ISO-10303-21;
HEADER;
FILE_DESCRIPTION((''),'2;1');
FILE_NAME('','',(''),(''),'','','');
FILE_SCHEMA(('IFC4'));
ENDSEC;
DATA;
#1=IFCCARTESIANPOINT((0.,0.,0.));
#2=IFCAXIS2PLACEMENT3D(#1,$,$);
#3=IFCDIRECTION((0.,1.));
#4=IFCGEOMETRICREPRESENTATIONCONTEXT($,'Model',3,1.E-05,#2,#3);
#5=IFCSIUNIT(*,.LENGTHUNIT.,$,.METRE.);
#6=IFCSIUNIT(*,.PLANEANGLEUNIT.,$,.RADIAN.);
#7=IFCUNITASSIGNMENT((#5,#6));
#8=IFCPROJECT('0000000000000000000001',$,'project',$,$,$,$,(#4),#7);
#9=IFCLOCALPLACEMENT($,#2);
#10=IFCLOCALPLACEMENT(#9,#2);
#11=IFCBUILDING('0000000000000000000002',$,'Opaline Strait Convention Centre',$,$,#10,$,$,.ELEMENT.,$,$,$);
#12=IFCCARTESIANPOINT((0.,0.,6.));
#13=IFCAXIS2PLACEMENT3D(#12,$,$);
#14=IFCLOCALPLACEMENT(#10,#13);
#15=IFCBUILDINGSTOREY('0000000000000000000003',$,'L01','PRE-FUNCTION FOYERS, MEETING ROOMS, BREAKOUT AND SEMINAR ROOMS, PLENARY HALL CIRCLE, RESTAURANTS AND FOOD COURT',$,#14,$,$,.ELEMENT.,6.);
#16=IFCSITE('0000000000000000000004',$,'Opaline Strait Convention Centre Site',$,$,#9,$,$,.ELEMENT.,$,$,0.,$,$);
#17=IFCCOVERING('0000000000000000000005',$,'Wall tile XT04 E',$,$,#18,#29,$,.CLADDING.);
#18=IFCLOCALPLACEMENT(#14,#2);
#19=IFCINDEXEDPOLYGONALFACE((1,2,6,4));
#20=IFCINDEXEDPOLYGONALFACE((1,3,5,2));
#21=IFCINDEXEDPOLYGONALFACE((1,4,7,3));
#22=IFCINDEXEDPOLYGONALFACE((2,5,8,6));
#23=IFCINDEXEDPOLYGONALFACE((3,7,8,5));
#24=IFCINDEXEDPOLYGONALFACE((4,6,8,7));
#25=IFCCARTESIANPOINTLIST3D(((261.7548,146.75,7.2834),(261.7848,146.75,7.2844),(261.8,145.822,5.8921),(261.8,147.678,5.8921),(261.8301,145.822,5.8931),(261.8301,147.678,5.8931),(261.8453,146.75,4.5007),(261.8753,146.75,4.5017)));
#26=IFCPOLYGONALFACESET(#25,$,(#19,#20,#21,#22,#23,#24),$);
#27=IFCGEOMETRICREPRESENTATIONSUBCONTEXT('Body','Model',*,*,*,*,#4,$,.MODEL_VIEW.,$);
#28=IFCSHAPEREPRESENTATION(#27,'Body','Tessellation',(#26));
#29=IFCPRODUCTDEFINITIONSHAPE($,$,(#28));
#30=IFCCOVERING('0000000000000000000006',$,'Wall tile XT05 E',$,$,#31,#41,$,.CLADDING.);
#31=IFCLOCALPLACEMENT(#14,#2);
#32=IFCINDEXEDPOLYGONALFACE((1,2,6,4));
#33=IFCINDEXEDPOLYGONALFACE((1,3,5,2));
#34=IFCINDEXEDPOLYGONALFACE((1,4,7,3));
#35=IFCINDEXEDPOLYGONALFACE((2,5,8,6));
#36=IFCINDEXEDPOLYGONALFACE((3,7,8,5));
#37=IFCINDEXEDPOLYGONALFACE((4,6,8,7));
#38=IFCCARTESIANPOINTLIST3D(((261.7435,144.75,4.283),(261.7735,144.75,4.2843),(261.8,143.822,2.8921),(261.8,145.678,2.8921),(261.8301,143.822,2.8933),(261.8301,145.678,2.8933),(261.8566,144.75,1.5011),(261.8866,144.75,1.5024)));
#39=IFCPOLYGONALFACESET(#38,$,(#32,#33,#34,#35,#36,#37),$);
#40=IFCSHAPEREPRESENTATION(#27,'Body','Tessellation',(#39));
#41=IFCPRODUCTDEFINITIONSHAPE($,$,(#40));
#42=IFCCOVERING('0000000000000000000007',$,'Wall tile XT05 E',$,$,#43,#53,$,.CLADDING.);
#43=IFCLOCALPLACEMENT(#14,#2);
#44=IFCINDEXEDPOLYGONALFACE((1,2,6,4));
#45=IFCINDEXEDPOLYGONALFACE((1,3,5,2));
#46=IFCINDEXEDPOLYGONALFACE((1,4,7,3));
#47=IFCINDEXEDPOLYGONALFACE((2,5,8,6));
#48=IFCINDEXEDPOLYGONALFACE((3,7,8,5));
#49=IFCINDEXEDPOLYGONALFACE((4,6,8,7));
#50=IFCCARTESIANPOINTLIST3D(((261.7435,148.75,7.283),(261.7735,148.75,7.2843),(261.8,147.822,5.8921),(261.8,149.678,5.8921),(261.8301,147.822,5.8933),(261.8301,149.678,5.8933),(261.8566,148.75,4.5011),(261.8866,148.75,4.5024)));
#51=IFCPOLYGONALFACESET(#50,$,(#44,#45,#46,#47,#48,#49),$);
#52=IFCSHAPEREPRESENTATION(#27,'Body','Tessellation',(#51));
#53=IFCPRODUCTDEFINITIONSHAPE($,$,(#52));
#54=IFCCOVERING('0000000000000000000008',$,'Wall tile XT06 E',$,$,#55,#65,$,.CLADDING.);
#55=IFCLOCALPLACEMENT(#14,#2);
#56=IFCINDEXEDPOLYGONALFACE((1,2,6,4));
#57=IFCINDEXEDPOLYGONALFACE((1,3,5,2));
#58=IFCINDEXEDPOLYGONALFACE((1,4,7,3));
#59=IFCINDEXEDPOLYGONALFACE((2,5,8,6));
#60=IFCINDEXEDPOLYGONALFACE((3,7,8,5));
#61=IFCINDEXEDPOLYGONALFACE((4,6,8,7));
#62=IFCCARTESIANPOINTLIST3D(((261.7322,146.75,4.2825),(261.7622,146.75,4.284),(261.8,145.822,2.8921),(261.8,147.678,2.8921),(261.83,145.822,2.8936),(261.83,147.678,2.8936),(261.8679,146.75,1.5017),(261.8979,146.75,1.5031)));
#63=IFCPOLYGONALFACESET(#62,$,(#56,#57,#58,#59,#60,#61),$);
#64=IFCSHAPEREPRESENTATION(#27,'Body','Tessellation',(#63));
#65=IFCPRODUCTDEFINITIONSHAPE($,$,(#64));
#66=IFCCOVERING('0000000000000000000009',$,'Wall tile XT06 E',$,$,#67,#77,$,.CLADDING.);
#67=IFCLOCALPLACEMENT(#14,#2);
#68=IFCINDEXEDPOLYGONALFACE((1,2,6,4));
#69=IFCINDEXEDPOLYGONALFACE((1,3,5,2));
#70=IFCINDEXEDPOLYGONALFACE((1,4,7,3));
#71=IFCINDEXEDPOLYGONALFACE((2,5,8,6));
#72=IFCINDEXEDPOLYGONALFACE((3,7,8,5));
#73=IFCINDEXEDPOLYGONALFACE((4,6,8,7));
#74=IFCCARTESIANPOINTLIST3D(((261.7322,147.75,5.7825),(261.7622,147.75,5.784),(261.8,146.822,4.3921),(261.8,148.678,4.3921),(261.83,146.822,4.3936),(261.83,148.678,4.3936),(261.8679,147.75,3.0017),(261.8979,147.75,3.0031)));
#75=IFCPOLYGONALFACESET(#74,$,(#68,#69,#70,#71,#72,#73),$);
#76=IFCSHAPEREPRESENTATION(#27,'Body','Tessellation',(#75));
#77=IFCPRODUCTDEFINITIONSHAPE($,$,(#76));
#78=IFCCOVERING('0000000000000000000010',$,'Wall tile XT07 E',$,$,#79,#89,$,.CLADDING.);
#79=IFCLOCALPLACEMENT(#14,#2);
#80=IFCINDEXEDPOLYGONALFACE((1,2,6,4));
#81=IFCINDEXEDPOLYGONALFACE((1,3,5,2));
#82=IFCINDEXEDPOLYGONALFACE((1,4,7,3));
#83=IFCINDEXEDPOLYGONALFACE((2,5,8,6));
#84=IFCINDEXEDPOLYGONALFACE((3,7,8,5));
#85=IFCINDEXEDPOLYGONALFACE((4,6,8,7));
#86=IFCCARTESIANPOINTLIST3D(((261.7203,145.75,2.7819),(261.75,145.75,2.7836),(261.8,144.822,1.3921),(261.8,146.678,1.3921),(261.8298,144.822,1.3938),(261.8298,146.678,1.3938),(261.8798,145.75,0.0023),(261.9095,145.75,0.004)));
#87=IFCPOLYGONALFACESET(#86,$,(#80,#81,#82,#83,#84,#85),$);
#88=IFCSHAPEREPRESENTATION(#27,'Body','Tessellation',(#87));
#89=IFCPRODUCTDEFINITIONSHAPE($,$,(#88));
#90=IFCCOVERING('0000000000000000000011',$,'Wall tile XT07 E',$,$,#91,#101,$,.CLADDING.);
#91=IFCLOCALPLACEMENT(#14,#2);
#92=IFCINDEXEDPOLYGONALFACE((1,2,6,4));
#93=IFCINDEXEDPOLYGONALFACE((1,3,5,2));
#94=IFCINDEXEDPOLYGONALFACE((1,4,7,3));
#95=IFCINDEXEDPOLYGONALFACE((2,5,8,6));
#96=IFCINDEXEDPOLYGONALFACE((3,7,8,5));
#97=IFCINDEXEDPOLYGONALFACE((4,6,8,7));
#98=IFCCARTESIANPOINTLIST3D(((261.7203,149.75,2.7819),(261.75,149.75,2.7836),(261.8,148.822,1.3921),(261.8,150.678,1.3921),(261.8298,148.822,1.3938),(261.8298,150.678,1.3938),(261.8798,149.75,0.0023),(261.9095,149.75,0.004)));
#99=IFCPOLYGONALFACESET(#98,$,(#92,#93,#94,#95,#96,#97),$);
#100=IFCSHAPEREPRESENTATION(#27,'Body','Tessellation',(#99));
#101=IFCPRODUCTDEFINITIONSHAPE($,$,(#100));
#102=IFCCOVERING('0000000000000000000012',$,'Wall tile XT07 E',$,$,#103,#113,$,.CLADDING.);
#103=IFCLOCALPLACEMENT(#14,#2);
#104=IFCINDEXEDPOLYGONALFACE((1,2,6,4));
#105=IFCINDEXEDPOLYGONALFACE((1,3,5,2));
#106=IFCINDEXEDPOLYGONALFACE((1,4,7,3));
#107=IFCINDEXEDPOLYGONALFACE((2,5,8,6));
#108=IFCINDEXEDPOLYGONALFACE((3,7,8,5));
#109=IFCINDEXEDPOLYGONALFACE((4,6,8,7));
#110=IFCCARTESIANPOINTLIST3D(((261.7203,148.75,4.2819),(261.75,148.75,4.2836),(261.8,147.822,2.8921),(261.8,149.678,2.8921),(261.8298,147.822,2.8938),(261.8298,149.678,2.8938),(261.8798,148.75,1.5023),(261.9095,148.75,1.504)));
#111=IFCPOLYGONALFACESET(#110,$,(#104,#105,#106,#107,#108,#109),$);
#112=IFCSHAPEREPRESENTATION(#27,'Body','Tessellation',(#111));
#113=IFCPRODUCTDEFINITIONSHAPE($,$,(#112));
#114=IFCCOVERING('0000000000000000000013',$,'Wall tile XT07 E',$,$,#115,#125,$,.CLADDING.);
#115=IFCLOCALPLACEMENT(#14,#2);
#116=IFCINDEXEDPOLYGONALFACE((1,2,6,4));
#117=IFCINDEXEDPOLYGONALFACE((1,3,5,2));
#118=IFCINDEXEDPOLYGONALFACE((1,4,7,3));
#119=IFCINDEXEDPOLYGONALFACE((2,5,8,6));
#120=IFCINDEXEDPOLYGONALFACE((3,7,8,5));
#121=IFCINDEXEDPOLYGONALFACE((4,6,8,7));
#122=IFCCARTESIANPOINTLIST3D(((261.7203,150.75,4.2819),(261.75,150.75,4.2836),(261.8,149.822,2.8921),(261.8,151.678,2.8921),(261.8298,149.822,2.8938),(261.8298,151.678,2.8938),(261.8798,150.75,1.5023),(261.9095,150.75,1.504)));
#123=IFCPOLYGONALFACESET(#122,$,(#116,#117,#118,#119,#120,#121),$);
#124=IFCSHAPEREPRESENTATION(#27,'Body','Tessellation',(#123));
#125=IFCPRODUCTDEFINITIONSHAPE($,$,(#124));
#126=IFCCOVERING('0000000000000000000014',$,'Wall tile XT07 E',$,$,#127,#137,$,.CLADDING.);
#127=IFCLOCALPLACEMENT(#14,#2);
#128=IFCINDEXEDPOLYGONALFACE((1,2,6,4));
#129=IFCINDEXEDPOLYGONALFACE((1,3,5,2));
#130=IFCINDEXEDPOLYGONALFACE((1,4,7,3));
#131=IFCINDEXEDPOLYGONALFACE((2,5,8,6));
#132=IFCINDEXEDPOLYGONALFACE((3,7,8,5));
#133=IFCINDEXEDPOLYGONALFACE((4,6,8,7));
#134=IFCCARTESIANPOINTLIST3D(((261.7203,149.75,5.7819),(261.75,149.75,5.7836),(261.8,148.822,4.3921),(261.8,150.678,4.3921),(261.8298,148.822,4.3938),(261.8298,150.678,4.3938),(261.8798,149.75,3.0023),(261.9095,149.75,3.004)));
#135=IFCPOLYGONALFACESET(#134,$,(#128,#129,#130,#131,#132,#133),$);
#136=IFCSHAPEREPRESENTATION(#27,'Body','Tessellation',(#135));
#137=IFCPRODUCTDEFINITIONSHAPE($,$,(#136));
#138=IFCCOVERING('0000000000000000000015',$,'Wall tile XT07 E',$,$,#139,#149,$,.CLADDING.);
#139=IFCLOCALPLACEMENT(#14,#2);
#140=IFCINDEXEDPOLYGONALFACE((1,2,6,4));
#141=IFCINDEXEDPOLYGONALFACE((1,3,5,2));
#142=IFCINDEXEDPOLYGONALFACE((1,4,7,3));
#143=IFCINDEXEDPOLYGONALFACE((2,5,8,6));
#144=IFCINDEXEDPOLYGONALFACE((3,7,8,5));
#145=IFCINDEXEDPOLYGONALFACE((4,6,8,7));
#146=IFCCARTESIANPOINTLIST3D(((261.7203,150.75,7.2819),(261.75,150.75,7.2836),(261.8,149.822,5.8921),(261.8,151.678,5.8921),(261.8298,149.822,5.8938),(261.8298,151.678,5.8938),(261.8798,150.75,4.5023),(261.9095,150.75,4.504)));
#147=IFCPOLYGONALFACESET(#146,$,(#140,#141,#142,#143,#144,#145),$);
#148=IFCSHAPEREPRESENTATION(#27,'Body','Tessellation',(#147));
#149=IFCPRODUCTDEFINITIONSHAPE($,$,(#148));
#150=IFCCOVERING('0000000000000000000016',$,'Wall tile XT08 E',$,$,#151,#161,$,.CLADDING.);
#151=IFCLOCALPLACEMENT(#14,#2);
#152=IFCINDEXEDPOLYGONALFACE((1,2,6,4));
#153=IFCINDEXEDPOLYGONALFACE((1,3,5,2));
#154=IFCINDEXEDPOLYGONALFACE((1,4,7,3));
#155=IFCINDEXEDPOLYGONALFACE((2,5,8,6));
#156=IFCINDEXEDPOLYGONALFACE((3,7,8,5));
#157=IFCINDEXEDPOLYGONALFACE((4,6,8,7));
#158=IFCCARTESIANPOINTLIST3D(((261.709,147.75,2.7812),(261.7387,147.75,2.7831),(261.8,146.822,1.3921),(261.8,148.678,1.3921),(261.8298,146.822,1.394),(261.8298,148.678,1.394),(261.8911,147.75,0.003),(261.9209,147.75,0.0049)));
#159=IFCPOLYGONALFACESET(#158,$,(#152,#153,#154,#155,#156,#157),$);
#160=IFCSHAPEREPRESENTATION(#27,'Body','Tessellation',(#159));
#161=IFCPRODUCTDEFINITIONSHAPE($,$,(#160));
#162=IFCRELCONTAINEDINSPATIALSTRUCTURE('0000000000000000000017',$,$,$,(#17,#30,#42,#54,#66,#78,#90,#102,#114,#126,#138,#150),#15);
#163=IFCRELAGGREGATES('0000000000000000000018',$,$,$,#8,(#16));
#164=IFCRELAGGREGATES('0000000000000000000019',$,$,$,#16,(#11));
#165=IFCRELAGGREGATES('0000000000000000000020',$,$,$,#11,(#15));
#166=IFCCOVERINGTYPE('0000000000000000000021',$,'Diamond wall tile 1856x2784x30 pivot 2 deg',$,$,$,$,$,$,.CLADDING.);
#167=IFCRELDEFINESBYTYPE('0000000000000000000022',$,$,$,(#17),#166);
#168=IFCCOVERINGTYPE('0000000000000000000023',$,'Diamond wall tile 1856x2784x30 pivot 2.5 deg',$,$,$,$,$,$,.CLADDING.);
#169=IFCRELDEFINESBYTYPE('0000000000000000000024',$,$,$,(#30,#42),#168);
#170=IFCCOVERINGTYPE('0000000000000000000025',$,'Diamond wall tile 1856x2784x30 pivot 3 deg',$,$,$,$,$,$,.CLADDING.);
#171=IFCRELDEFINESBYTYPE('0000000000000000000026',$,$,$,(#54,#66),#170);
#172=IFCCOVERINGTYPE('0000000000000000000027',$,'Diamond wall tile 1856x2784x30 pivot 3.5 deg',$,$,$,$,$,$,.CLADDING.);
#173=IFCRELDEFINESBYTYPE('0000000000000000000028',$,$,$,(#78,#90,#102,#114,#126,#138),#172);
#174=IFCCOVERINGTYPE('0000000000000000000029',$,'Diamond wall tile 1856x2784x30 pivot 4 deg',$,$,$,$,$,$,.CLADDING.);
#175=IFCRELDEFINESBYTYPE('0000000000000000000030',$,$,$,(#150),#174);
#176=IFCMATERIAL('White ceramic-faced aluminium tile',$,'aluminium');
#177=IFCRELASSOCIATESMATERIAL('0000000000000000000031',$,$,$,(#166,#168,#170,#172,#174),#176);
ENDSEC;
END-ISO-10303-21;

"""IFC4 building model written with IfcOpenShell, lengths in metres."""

from ifc_helpers import new_model, si_unit, direction, frame, origin, place, context, subcontext, project, spatial, polyline, outline, extrude, material, material_profile, profile_set, type_object, element, save


model = new_model("IFC4")

# Units and contexts
model_context = context("Model", 3, precision=1e-05, world=origin(), true_north=direction((0.0, 1.0)))
body_context = subcontext(model_context, "Body", "Model", "MODEL_VIEW")
ifc_project = project(units=[si_unit("LENGTHUNIT", "METRE"), si_unit("PLANEANGLEUNIT", "RADIAN")], contexts=[model_context])

# Site, building, storey
site_placement = place(None, origin())
site = spatial("IfcSite", under=ifc_project, at=site_placement, Name="Opaline Strait Convention Centre Site", CompositionType="ELEMENT", RefElevation=0.0)
building_placement = place(site_placement, origin())
building = spatial("IfcBuilding", under=site, at=building_placement, Name="Opaline Strait Convention Centre", CompositionType="ELEMENT")
storey_placement = place(building_placement, frame((0.0, 0.0, 6.0)))
storey = spatial("IfcBuildingStorey", under=building, at=storey_placement, Name="L01", Description="PRE-FUNCTION FOYERS, MEETING ROOMS, BREAKOUT AND SEMINAR ROOMS, PLENARY HALL CIRCLE, RESTAURANTS AND FOOD COURT", CompositionType="ELEMENT", Elevation=6.0)

# Coverings
ifc_material_1 = material(Name="White ceramic-faced aluminium tile", Category="aluminium")
ifc_material_profile_1 = material_profile(ifc_material_1, outline(polyline([(0.928, 0.0), (0.0, 1.3921), (-0.928, 0.0), (0.0, -1.3921), (0.928, 0.0)])), Name="Diamond tile 1856x2784")
ifc_profile_set_1 = profile_set([ifc_material_profile_1], Name="White ceramic-faced aluminium tile")
covering_type_1 = type_object("IfcCoveringType", Name="Diamond wall tile 1856x2784x30 pivot 2 deg", PredefinedType="CLADDING", material=ifc_profile_set_1)
for number, where, z_axis, x_axis, name in (
    (1, (261.8, 146.75, 5.8921), (0.999472, 0.0, 0.032503), (0.0, 1.0, 0.0), "Wall tile XT04 E"),
):
    element("IfcCovering", number, at=place(storey_placement, frame(where, z_axis=z_axis, x_axis=x_axis)), inside=storey, type_object=covering_type_1, Name=name, PredefinedType="CLADDING", context=body_context, shape_type="SweptSolid", body=[
        extrude(outline(polyline([(0.928, 0.0), (0.0, 1.3921), (-0.928, 0.0), (0.0, -1.3921), (0.928, 0.0)])), origin(), (0.0, 0.0, 1.0), 0.03),
    ])
ifc_material_profile_2 = material_profile(ifc_material_1, outline(polyline([(0.928, 0.0), (0.0, 1.3921), (-0.928, 0.0), (0.0, -1.3921), (0.928, 0.0)])), Name="Diamond tile 1856x2784")
ifc_profile_set_2 = profile_set([ifc_material_profile_2], Name="White ceramic-faced aluminium tile")
covering_type_2 = type_object("IfcCoveringType", Name="Diamond wall tile 1856x2784x30 pivot 2.5 deg", PredefinedType="CLADDING", material=ifc_profile_set_2)
for number, where, z_axis, x_axis, name in (
    (2, (261.8, 144.75, 2.8921), (0.999175, 0.0, 0.040617), (0.0, 1.0, 0.0), "Wall tile XT05 E"),
    (3, (261.8, 148.75, 5.8921), (0.999175, 0.0, 0.040617), (0.0, 1.0, 0.0), "Wall tile XT05 E"),
):
    element("IfcCovering", number, at=place(storey_placement, frame(where, z_axis=z_axis, x_axis=x_axis)), inside=storey, type_object=covering_type_2, Name=name, PredefinedType="CLADDING", context=body_context, shape_type="SweptSolid", body=[
        extrude(outline(polyline([(0.928, 0.0), (0.0, 1.3921), (-0.928, 0.0), (0.0, -1.3921), (0.928, 0.0)])), origin(), (0.0, 0.0, 1.0), 0.03),
    ])
ifc_material_profile_3 = material_profile(ifc_material_1, outline(polyline([(0.928, 0.0), (0.0, 1.3921), (-0.928, 0.0), (0.0, -1.3921), (0.928, 0.0)])), Name="Diamond tile 1856x2784")
ifc_profile_set_3 = profile_set([ifc_material_profile_3], Name="White ceramic-faced aluminium tile")
covering_type_3 = type_object("IfcCoveringType", Name="Diamond wall tile 1856x2784x30 pivot 3 deg", PredefinedType="CLADDING", material=ifc_profile_set_3)
for number, where, z_axis, x_axis, name in (
    (4, (261.8, 146.75, 2.8921), (0.998812, 0.0, 0.048723), (0.0, 1.0, 0.0), "Wall tile XT06 E"),
    (5, (261.8, 147.75, 4.3921), (0.998812, 0.0, 0.048723), (0.0, 1.0, 0.0), "Wall tile XT06 E"),
):
    element("IfcCovering", number, at=place(storey_placement, frame(where, z_axis=z_axis, x_axis=x_axis)), inside=storey, type_object=covering_type_3, Name=name, PredefinedType="CLADDING", context=body_context, shape_type="SweptSolid", body=[
        extrude(outline(polyline([(0.928, 0.0), (0.0, 1.3921), (-0.928, 0.0), (0.0, -1.3921), (0.928, 0.0)])), origin(), (0.0, 0.0, 1.0), 0.03),
    ])
ifc_material_profile_4 = material_profile(ifc_material_1, outline(polyline([(0.928, 0.0), (0.0, 1.3921), (-0.928, 0.0), (0.0, -1.3921), (0.928, 0.0)])), Name="Diamond tile 1856x2784")
ifc_profile_set_4 = profile_set([ifc_material_profile_4], Name="White ceramic-faced aluminium tile")
covering_type_4 = type_object("IfcCoveringType", Name="Diamond wall tile 1856x2784x30 pivot 3.5 deg", PredefinedType="CLADDING", material=ifc_profile_set_4)
for number, where, z_axis, x_axis, name in (
    (6, (261.8, 145.75, 1.3921), (0.998358, 0.0, 0.057283), (0.0, 1.0, 0.0), "Wall tile XT07 E"),
    (7, (261.8, 149.75, 1.3921), (0.998358, 0.0, 0.057283), (0.0, 1.0, 0.0), "Wall tile XT07 E"),
    (8, (261.8, 148.75, 2.8921), (0.998358, 0.0, 0.057283), (0.0, 1.0, 0.0), "Wall tile XT07 E"),
    (9, (261.8, 150.75, 2.8921), (0.998358, 0.0, 0.057283), (0.0, 1.0, 0.0), "Wall tile XT07 E"),
    (10, (261.8, 149.75, 4.3921), (0.998358, 0.0, 0.057283), (0.0, 1.0, 0.0), "Wall tile XT07 E"),
    (11, (261.8, 150.75, 5.8921), (0.998358, 0.0, 0.057283), (0.0, 1.0, 0.0), "Wall tile XT07 E"),
):
    element("IfcCovering", number, at=place(storey_placement, frame(where, z_axis=z_axis, x_axis=x_axis)), inside=storey, type_object=covering_type_4, Name=name, PredefinedType="CLADDING", context=body_context, shape_type="SweptSolid", body=[
        extrude(outline(polyline([(0.928, 0.0), (0.0, 1.3921), (-0.928, 0.0), (0.0, -1.3921), (0.928, 0.0)])), origin(), (0.0, 0.0, 1.0), 0.0298),
    ])
ifc_material_profile_5 = material_profile(ifc_material_1, outline(polyline([(0.928, 0.0), (0.0, 1.3921), (-0.928, 0.0), (0.0, -1.3921), (0.928, 0.0)])), Name="Diamond tile 1856x2784")
ifc_profile_set_5 = profile_set([ifc_material_profile_5], Name="White ceramic-faced aluminium tile")
covering_type_5 = type_object("IfcCoveringType", Name="Diamond wall tile 1856x2784x30 pivot 4 deg", PredefinedType="CLADDING", material=ifc_profile_set_5)
covering_1_placement = place(storey_placement, frame((261.8, 147.75, 1.3921), z_axis=(0.997857, 0.0, 0.065433), x_axis=(0.0, 1.0, 0.0)))
element("IfcCovering", 12, at=covering_1_placement, inside=storey, type_object=covering_type_5, Name="Wall tile XT08 E", PredefinedType="CLADDING", context=body_context, shape_type="SweptSolid", body=[
    extrude(outline(polyline([(0.928, 0.0), (0.0, 1.3921), (-0.928, 0.0), (0.0, -1.3921), (0.928, 0.0)])), origin(), (0.0, 0.0, 1.0), 0.0298),
])

save(model, "model.ifc")
